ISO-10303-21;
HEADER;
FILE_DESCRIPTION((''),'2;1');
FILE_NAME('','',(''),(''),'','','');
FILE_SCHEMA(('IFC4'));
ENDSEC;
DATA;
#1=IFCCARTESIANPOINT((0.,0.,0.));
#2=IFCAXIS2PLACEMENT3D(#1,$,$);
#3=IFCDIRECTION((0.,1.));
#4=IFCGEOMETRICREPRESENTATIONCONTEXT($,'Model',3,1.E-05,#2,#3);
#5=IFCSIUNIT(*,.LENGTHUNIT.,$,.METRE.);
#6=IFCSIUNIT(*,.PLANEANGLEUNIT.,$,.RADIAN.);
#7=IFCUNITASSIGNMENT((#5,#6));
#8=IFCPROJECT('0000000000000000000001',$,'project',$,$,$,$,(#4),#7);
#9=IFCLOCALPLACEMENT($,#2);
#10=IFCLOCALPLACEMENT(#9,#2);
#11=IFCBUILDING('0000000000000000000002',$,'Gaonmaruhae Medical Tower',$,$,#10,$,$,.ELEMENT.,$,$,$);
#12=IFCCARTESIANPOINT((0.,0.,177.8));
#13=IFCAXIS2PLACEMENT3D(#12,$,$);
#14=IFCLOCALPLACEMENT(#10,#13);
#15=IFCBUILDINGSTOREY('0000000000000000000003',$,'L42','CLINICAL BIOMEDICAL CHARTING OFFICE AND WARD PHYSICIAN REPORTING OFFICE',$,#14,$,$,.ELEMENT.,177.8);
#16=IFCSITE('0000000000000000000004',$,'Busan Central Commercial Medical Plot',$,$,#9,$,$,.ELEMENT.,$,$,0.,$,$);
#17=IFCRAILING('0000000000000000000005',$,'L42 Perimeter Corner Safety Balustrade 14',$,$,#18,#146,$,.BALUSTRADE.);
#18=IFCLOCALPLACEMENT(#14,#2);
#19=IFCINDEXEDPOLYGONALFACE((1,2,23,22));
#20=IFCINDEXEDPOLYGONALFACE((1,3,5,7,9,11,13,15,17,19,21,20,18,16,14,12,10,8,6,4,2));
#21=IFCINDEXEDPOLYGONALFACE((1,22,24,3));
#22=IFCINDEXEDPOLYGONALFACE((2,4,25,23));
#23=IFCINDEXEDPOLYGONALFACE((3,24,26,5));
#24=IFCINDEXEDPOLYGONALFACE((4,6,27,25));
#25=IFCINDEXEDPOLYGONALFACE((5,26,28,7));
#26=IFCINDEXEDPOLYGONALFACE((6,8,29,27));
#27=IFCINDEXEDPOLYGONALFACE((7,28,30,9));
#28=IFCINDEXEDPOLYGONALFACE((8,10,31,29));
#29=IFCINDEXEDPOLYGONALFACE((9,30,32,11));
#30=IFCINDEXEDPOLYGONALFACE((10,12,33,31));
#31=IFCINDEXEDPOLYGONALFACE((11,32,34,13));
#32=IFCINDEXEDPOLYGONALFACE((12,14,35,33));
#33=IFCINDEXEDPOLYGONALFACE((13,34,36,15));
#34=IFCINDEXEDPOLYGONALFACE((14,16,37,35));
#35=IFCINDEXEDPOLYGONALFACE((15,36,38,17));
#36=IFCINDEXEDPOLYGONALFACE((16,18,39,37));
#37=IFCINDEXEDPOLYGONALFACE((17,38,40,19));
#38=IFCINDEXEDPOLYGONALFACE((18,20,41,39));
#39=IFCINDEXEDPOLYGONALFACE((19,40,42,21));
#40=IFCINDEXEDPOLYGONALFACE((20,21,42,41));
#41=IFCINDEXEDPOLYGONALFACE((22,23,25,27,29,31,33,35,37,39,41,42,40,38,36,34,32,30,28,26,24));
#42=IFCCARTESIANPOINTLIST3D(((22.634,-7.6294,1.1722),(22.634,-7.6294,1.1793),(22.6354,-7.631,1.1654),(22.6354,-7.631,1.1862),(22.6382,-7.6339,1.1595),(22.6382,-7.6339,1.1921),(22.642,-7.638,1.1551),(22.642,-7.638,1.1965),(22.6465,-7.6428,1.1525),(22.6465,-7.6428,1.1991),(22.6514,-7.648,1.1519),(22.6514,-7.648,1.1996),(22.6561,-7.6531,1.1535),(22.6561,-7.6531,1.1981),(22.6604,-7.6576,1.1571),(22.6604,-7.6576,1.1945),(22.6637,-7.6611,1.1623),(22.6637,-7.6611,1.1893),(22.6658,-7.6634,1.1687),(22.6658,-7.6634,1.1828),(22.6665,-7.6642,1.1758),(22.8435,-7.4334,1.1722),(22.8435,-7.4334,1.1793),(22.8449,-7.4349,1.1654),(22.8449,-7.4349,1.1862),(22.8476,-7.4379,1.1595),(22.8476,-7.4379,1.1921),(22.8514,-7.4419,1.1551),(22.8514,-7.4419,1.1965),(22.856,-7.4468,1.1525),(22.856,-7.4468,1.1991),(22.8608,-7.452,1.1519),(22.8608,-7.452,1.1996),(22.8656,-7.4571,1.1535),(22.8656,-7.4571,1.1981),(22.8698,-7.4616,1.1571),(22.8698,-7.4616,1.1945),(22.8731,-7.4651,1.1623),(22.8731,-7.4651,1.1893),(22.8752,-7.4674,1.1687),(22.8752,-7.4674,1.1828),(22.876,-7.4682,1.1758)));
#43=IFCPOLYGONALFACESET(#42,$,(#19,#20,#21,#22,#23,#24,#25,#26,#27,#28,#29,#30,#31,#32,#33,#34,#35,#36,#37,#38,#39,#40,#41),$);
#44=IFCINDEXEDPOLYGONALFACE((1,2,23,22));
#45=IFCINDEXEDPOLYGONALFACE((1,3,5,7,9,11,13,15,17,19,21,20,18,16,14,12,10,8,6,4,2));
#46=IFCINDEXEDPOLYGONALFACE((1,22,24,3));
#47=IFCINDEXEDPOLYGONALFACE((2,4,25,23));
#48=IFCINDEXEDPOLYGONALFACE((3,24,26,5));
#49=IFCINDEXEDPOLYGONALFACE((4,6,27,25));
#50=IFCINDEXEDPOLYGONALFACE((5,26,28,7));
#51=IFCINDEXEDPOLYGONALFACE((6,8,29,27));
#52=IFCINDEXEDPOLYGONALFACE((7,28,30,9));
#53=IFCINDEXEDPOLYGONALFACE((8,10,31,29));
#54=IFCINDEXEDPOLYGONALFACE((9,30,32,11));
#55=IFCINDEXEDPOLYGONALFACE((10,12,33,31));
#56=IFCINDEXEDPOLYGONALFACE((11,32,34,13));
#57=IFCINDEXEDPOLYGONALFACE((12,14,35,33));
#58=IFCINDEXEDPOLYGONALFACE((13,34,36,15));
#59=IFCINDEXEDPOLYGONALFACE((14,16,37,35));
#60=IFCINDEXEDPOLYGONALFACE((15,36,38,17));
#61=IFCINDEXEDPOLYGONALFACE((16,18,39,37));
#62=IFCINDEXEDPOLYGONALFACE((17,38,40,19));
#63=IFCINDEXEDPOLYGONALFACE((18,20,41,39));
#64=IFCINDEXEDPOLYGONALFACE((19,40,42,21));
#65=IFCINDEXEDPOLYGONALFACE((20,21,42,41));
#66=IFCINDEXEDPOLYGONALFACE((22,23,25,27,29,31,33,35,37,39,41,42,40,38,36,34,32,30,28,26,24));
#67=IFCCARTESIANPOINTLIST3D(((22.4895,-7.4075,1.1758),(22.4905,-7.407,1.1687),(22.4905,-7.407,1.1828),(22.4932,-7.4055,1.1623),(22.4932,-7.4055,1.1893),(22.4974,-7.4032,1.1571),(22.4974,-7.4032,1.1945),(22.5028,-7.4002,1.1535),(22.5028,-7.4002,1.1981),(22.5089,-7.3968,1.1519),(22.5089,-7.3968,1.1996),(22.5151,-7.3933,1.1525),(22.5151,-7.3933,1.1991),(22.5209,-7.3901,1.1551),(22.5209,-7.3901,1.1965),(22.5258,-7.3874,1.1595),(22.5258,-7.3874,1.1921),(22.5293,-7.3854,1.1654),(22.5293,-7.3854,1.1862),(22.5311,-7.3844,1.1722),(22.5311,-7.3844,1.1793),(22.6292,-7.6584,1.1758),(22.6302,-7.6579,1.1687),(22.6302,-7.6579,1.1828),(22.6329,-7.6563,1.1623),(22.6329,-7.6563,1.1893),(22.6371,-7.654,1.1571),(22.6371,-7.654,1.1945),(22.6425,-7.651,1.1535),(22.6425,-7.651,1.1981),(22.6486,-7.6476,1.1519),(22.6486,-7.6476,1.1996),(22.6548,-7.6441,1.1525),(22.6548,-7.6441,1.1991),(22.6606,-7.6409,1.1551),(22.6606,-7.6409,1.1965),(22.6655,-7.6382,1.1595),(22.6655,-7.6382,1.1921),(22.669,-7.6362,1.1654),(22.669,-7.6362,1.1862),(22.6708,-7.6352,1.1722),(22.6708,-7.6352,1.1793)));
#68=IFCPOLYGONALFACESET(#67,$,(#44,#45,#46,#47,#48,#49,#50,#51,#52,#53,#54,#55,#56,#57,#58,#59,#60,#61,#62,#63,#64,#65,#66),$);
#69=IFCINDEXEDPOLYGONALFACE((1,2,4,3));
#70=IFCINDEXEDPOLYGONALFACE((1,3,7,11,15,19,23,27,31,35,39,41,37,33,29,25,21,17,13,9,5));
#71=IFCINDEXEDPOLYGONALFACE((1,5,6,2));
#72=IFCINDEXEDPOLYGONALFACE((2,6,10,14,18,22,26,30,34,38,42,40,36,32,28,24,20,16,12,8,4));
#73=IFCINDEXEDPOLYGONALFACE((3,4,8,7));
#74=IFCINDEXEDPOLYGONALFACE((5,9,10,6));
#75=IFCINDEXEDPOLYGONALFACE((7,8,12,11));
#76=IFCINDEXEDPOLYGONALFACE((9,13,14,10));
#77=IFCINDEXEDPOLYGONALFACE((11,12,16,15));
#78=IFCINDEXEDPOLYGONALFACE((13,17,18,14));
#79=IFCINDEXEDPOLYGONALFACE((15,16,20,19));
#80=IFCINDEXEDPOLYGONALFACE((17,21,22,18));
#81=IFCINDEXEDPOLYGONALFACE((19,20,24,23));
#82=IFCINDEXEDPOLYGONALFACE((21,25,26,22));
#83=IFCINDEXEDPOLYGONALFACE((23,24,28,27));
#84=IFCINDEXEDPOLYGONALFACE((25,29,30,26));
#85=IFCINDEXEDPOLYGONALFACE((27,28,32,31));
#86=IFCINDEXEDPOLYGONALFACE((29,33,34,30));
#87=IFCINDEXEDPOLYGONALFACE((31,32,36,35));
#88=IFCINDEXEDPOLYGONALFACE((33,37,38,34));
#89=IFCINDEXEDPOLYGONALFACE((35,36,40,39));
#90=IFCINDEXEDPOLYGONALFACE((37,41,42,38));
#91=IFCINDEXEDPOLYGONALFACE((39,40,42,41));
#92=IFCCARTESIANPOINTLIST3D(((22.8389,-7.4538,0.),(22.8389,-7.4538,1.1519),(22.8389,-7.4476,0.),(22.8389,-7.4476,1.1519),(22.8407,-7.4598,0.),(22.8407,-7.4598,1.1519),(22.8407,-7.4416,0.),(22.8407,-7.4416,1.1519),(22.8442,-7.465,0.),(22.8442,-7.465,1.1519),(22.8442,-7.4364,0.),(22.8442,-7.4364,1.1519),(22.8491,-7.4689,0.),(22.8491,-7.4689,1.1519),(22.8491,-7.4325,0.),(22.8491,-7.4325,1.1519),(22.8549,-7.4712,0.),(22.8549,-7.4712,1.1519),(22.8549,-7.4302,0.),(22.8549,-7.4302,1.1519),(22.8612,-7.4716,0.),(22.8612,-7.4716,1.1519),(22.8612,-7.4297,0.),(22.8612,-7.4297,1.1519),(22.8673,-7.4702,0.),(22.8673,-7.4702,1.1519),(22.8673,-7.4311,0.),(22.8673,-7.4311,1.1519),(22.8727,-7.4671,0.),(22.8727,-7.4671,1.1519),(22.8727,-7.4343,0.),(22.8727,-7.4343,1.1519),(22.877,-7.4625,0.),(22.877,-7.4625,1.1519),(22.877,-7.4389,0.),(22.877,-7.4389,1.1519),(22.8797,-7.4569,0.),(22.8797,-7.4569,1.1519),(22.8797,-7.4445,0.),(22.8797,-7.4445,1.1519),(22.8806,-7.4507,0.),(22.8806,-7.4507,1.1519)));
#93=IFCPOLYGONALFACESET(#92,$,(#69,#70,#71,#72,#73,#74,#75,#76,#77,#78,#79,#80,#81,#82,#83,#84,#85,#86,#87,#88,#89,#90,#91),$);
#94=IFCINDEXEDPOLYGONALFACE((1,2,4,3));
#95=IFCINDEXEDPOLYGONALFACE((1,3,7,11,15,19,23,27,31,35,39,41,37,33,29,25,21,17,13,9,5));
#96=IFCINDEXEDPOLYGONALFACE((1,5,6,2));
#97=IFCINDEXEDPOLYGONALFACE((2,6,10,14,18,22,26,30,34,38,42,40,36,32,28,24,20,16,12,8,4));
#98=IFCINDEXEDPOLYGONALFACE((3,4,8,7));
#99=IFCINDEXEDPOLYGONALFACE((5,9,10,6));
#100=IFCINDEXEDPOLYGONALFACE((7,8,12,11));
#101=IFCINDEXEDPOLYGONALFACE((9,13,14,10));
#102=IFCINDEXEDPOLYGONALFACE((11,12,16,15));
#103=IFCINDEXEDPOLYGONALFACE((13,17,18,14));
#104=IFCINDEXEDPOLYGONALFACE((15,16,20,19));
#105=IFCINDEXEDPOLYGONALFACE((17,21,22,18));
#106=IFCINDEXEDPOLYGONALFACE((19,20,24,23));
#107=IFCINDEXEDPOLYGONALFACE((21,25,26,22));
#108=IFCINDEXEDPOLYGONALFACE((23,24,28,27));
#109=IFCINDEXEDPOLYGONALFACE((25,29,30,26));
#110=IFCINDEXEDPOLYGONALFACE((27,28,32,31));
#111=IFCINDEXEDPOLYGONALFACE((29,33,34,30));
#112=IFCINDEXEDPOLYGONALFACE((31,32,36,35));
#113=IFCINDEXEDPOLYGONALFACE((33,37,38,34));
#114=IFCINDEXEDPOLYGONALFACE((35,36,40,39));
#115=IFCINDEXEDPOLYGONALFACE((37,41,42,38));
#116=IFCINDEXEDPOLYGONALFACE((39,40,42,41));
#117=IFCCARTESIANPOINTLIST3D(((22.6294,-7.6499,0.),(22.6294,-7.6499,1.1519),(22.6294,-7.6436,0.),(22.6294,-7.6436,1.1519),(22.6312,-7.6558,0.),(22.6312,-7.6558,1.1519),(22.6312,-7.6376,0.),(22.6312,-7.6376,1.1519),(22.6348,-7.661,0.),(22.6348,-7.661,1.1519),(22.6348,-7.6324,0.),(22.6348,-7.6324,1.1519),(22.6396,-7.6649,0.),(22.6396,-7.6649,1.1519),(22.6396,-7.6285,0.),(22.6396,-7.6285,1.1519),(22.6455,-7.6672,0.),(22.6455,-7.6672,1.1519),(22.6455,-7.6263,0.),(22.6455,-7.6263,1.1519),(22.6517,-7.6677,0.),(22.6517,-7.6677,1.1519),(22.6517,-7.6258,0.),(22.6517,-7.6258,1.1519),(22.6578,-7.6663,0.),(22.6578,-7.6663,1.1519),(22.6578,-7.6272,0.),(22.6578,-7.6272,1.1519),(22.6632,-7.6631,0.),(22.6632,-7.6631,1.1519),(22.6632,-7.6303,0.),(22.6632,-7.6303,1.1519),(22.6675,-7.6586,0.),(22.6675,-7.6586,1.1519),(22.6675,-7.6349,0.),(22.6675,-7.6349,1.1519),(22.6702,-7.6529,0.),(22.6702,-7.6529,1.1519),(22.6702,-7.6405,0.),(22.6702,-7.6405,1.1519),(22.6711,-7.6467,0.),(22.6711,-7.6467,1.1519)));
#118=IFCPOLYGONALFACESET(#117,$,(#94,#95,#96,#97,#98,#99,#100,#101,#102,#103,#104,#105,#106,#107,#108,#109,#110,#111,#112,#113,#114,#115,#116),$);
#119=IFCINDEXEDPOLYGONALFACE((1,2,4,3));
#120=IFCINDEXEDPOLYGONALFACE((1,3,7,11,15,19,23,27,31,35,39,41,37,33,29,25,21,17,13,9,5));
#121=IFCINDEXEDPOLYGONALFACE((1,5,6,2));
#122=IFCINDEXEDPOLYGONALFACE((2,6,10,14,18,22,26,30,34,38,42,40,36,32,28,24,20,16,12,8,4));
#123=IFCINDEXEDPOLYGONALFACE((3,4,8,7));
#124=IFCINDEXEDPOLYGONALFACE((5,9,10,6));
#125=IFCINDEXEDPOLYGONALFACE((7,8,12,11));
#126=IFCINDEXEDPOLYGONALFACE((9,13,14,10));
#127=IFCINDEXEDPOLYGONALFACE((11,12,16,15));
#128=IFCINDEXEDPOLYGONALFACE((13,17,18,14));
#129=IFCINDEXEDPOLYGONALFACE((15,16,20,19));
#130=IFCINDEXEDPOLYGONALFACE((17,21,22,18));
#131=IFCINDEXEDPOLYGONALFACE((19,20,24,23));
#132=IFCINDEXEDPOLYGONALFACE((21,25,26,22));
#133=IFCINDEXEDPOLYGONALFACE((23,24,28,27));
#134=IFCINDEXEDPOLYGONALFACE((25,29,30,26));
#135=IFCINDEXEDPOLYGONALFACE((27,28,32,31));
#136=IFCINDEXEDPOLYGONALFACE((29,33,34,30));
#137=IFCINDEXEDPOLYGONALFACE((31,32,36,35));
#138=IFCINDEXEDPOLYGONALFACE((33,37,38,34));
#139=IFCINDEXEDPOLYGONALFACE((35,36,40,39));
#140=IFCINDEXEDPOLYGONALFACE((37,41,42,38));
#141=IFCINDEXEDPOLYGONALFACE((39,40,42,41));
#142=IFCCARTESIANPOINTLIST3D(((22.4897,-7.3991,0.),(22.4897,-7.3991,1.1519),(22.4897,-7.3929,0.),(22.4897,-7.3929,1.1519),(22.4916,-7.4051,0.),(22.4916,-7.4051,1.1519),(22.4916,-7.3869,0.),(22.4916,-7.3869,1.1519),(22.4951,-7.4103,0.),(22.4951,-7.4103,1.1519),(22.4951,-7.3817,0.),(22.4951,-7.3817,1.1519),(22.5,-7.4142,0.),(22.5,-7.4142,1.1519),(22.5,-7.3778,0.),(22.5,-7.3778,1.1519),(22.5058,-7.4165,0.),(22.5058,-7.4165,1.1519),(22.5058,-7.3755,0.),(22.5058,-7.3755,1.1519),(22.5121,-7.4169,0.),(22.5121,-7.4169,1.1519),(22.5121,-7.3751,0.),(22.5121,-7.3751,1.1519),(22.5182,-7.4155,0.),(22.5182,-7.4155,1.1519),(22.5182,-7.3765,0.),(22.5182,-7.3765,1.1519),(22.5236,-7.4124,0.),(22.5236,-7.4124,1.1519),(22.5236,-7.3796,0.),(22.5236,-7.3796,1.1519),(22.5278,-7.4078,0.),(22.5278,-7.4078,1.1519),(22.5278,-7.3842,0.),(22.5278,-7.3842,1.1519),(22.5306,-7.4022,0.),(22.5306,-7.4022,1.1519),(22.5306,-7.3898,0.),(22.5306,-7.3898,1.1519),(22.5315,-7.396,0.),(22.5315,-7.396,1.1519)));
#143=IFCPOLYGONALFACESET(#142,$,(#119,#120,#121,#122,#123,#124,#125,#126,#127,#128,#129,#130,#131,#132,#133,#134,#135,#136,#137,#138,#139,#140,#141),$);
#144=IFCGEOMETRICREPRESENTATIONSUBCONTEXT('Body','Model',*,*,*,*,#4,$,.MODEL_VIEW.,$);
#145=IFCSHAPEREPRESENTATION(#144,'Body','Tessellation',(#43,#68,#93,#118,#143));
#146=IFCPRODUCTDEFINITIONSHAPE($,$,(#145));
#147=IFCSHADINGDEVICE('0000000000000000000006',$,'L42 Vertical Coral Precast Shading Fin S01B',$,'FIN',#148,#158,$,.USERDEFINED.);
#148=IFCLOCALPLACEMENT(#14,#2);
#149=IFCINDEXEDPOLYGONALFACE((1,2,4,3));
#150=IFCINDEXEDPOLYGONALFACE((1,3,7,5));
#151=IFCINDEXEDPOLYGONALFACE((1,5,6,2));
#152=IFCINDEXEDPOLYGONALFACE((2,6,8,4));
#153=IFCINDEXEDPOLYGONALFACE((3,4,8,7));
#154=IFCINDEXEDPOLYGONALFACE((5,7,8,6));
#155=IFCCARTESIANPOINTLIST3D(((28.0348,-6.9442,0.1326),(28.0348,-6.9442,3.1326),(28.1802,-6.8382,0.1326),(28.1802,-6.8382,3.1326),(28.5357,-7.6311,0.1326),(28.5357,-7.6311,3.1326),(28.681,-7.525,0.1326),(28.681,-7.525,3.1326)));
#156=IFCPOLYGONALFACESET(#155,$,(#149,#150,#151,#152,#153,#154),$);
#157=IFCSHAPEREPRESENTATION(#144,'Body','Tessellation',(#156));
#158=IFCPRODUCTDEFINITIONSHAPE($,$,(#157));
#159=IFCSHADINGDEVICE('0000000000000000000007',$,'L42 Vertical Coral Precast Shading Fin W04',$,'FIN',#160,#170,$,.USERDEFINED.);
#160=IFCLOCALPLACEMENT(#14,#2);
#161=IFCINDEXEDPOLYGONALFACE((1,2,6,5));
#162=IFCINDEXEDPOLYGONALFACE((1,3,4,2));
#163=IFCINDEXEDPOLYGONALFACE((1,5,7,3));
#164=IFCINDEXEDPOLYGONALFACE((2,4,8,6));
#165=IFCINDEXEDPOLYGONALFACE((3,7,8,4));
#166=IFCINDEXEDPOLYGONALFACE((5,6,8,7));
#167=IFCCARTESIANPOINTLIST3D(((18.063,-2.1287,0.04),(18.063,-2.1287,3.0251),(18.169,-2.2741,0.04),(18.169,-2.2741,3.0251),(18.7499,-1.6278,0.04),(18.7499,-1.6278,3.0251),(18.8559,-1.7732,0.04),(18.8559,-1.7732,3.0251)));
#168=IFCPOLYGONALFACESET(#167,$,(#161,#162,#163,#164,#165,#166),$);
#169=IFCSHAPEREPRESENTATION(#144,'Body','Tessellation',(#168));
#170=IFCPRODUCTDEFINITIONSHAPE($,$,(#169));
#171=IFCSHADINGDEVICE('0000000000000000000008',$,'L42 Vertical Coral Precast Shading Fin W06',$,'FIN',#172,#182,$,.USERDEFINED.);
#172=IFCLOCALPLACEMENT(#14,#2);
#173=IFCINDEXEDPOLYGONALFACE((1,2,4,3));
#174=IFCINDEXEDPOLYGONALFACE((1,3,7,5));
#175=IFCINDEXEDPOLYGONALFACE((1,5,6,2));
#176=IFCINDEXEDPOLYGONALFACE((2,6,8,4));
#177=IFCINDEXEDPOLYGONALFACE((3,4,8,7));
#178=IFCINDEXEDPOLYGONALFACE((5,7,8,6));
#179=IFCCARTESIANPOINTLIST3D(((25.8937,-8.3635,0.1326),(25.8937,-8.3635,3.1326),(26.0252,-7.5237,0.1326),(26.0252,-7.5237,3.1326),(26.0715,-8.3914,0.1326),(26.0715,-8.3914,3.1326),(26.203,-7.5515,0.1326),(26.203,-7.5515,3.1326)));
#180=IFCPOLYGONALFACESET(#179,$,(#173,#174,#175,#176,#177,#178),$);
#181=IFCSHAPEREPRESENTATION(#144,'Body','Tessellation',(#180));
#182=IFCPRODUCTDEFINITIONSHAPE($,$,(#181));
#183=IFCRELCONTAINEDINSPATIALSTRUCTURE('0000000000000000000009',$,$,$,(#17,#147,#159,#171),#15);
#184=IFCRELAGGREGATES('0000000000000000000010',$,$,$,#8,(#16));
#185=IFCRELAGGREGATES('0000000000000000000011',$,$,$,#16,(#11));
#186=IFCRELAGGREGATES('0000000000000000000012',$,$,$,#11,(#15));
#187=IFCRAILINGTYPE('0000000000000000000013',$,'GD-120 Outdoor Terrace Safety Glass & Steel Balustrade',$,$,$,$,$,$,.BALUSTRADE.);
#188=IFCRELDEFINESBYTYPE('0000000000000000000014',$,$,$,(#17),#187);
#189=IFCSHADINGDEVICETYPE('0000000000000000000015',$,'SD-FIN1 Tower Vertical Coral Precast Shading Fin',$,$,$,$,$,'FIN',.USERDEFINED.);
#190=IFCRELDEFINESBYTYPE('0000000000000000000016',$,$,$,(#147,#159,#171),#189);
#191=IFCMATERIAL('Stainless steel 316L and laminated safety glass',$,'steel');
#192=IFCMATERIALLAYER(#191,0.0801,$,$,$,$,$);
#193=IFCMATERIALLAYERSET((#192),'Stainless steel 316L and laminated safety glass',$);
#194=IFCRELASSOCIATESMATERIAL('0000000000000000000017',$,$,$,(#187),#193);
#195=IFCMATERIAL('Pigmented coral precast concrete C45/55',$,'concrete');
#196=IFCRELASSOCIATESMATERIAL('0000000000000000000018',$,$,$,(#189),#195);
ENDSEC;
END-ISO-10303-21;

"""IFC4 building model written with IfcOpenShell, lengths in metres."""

from ifc_helpers import new_model, si_unit, direction, frame, origin, origin_2d, place, context, subcontext, project, spatial, rectangle, circle, extrude, material, layer, layer_set, type_object, element, save


model = new_model("IFC4")

# Units and contexts
model_context = context("Model", 3, precision=1e-05, world=origin(), true_north=direction((0.0, 1.0)))
body_context = subcontext(model_context, "Body", "Model", "MODEL_VIEW")
ifc_project = project(units=[si_unit("LENGTHUNIT", "METRE"), si_unit("PLANEANGLEUNIT", "RADIAN")], contexts=[model_context])

# Site, building, storey
site_placement = place(None, origin())
site = spatial("IfcSite", under=ifc_project, at=site_placement, Name="Busan Central Commercial Medical Plot", CompositionType="ELEMENT", RefElevation=0.0)
building_placement = place(site_placement, origin())
building = spatial("IfcBuilding", under=site, at=building_placement, Name="Gaonmaruhae Medical Tower", CompositionType="ELEMENT")
storey_placement = place(building_placement, frame((0.0, 0.0, 177.8)))
storey = spatial("IfcBuildingStorey", under=building, at=storey_placement, Name="L42", Description="CLINICAL BIOMEDICAL CHARTING OFFICE AND WARD PHYSICIAN REPORTING OFFICE", CompositionType="ELEMENT", Elevation=177.8)

# Railing
ifc_material_1 = material(Name="Stainless steel 316L and laminated safety glass", Category="steel")
ifc_layer_1 = layer(ifc_material_1, 0.0801)
ifc_layer_set_1 = layer_set([ifc_layer_1], Name="Stainless steel 316L and laminated safety glass")
railing_type = type_object("IfcRailingType", Name="GD-120 Outdoor Terrace Safety Glass & Steel Balustrade", PredefinedType="BALUSTRADE", material=ifc_layer_set_1)
railing_1_placement = place(storey_placement, frame((22.8596, -7.4507, 0.0)))
element("IfcRailing", 1, at=railing_1_placement, inside=storey, type_object=railing_type, Name="L42 Perimeter Corner Safety Balustrade 14", PredefinedType="BALUSTRADE", context=body_context, shape_type="SweptSolid", body=[
    extrude(circle(Radius=0.0239, at=origin_2d()), frame((0.0, 0.0, 1.1758), z_axis=(-0.730121, -0.683318, 0.0), x_axis=(0.683318, -0.730121, 0.0)), (0.0, 0.0, 1.0), 0.2869),
    extrude(circle(Radius=0.0239, at=origin_2d()), frame((-0.2095, -0.196, 1.1758), z_axis=(-0.486582, 0.873635, 0.0), x_axis=(-0.873635, -0.486582, 0.0)), (0.0, 0.0, 1.0), 0.2871),
    extrude(circle(Radius=0.021, at=origin_2d()), origin(), (0.0, 0.0, 1.0), 1.1519),
    extrude(circle(Radius=0.021, at=origin_2d()), frame((-0.2095, -0.196, 0.0)), (0.0, 0.0, 1.0), 1.1519),
    extrude(circle(Radius=0.021, at=origin_2d()), frame((-0.3491, 0.0547, 0.0)), (0.0, 0.0, 1.0), 1.1519),
])

# Shading devices
ifc_material_2 = material(Name="Pigmented coral precast concrete C45/55", Category="concrete")
shading_device_type = type_object("IfcShadingDeviceType", Name="SD-FIN1 Tower Vertical Coral Precast Shading Fin", ElementType="FIN", PredefinedType="USERDEFINED", material=ifc_material_2)
shading_device_1_placement = place(storey_placement, frame((28.3579, -7.2346, 0.1326), z_axis=(0.0, 0.0, 1.0), x_axis=(-0.80799, -0.589196, 0.0)))
element("IfcShadingDevice", 2, at=shading_device_1_placement, inside=storey, type_object=shading_device_type, Name="L42 Vertical Coral Precast Shading Fin S01B", ObjectType="FIN", PredefinedType="USERDEFINED", context=body_context, shape_type="SweptSolid", body=[
    extrude(rectangle(XDim=0.1799, YDim=0.8501, at=origin_2d()), origin(), (0.0, 0.0, 1.0), 3.0),
])
shading_device_2_placement = place(storey_placement, frame((18.4595, -1.9509, 0.04), z_axis=(0.0, 0.0, 1.0), x_axis=(-0.589196, 0.80799, 0.0)))
element("IfcShadingDevice", 3, at=shading_device_2_placement, inside=storey, type_object=shading_device_type, Name="L42 Vertical Coral Precast Shading Fin W04", ObjectType="FIN", PredefinedType="USERDEFINED", context=body_context, shape_type="SweptSolid", body=[
    extrude(rectangle(XDim=0.1799, YDim=0.8501, at=origin_2d()), origin(), (0.0, 0.0, 1.0), 2.9851),
])
shading_device_3_placement = place(storey_placement, frame((26.0483, -7.9575, 0.1326), z_axis=(0.0, 0.0, 1.0), x_axis=(-0.987965, 0.154676, 0.0)))
element("IfcShadingDevice", 4, at=shading_device_3_placement, inside=storey, type_object=shading_device_type, Name="L42 Vertical Coral Precast Shading Fin W06", ObjectType="FIN", PredefinedType="USERDEFINED", context=body_context, shape_type="SweptSolid", body=[
    extrude(rectangle(XDim=0.1799, YDim=0.8501, at=origin_2d()), origin(), (0.0, 0.0, 1.0), 3.0),
])

save(model, "model.ifc")
